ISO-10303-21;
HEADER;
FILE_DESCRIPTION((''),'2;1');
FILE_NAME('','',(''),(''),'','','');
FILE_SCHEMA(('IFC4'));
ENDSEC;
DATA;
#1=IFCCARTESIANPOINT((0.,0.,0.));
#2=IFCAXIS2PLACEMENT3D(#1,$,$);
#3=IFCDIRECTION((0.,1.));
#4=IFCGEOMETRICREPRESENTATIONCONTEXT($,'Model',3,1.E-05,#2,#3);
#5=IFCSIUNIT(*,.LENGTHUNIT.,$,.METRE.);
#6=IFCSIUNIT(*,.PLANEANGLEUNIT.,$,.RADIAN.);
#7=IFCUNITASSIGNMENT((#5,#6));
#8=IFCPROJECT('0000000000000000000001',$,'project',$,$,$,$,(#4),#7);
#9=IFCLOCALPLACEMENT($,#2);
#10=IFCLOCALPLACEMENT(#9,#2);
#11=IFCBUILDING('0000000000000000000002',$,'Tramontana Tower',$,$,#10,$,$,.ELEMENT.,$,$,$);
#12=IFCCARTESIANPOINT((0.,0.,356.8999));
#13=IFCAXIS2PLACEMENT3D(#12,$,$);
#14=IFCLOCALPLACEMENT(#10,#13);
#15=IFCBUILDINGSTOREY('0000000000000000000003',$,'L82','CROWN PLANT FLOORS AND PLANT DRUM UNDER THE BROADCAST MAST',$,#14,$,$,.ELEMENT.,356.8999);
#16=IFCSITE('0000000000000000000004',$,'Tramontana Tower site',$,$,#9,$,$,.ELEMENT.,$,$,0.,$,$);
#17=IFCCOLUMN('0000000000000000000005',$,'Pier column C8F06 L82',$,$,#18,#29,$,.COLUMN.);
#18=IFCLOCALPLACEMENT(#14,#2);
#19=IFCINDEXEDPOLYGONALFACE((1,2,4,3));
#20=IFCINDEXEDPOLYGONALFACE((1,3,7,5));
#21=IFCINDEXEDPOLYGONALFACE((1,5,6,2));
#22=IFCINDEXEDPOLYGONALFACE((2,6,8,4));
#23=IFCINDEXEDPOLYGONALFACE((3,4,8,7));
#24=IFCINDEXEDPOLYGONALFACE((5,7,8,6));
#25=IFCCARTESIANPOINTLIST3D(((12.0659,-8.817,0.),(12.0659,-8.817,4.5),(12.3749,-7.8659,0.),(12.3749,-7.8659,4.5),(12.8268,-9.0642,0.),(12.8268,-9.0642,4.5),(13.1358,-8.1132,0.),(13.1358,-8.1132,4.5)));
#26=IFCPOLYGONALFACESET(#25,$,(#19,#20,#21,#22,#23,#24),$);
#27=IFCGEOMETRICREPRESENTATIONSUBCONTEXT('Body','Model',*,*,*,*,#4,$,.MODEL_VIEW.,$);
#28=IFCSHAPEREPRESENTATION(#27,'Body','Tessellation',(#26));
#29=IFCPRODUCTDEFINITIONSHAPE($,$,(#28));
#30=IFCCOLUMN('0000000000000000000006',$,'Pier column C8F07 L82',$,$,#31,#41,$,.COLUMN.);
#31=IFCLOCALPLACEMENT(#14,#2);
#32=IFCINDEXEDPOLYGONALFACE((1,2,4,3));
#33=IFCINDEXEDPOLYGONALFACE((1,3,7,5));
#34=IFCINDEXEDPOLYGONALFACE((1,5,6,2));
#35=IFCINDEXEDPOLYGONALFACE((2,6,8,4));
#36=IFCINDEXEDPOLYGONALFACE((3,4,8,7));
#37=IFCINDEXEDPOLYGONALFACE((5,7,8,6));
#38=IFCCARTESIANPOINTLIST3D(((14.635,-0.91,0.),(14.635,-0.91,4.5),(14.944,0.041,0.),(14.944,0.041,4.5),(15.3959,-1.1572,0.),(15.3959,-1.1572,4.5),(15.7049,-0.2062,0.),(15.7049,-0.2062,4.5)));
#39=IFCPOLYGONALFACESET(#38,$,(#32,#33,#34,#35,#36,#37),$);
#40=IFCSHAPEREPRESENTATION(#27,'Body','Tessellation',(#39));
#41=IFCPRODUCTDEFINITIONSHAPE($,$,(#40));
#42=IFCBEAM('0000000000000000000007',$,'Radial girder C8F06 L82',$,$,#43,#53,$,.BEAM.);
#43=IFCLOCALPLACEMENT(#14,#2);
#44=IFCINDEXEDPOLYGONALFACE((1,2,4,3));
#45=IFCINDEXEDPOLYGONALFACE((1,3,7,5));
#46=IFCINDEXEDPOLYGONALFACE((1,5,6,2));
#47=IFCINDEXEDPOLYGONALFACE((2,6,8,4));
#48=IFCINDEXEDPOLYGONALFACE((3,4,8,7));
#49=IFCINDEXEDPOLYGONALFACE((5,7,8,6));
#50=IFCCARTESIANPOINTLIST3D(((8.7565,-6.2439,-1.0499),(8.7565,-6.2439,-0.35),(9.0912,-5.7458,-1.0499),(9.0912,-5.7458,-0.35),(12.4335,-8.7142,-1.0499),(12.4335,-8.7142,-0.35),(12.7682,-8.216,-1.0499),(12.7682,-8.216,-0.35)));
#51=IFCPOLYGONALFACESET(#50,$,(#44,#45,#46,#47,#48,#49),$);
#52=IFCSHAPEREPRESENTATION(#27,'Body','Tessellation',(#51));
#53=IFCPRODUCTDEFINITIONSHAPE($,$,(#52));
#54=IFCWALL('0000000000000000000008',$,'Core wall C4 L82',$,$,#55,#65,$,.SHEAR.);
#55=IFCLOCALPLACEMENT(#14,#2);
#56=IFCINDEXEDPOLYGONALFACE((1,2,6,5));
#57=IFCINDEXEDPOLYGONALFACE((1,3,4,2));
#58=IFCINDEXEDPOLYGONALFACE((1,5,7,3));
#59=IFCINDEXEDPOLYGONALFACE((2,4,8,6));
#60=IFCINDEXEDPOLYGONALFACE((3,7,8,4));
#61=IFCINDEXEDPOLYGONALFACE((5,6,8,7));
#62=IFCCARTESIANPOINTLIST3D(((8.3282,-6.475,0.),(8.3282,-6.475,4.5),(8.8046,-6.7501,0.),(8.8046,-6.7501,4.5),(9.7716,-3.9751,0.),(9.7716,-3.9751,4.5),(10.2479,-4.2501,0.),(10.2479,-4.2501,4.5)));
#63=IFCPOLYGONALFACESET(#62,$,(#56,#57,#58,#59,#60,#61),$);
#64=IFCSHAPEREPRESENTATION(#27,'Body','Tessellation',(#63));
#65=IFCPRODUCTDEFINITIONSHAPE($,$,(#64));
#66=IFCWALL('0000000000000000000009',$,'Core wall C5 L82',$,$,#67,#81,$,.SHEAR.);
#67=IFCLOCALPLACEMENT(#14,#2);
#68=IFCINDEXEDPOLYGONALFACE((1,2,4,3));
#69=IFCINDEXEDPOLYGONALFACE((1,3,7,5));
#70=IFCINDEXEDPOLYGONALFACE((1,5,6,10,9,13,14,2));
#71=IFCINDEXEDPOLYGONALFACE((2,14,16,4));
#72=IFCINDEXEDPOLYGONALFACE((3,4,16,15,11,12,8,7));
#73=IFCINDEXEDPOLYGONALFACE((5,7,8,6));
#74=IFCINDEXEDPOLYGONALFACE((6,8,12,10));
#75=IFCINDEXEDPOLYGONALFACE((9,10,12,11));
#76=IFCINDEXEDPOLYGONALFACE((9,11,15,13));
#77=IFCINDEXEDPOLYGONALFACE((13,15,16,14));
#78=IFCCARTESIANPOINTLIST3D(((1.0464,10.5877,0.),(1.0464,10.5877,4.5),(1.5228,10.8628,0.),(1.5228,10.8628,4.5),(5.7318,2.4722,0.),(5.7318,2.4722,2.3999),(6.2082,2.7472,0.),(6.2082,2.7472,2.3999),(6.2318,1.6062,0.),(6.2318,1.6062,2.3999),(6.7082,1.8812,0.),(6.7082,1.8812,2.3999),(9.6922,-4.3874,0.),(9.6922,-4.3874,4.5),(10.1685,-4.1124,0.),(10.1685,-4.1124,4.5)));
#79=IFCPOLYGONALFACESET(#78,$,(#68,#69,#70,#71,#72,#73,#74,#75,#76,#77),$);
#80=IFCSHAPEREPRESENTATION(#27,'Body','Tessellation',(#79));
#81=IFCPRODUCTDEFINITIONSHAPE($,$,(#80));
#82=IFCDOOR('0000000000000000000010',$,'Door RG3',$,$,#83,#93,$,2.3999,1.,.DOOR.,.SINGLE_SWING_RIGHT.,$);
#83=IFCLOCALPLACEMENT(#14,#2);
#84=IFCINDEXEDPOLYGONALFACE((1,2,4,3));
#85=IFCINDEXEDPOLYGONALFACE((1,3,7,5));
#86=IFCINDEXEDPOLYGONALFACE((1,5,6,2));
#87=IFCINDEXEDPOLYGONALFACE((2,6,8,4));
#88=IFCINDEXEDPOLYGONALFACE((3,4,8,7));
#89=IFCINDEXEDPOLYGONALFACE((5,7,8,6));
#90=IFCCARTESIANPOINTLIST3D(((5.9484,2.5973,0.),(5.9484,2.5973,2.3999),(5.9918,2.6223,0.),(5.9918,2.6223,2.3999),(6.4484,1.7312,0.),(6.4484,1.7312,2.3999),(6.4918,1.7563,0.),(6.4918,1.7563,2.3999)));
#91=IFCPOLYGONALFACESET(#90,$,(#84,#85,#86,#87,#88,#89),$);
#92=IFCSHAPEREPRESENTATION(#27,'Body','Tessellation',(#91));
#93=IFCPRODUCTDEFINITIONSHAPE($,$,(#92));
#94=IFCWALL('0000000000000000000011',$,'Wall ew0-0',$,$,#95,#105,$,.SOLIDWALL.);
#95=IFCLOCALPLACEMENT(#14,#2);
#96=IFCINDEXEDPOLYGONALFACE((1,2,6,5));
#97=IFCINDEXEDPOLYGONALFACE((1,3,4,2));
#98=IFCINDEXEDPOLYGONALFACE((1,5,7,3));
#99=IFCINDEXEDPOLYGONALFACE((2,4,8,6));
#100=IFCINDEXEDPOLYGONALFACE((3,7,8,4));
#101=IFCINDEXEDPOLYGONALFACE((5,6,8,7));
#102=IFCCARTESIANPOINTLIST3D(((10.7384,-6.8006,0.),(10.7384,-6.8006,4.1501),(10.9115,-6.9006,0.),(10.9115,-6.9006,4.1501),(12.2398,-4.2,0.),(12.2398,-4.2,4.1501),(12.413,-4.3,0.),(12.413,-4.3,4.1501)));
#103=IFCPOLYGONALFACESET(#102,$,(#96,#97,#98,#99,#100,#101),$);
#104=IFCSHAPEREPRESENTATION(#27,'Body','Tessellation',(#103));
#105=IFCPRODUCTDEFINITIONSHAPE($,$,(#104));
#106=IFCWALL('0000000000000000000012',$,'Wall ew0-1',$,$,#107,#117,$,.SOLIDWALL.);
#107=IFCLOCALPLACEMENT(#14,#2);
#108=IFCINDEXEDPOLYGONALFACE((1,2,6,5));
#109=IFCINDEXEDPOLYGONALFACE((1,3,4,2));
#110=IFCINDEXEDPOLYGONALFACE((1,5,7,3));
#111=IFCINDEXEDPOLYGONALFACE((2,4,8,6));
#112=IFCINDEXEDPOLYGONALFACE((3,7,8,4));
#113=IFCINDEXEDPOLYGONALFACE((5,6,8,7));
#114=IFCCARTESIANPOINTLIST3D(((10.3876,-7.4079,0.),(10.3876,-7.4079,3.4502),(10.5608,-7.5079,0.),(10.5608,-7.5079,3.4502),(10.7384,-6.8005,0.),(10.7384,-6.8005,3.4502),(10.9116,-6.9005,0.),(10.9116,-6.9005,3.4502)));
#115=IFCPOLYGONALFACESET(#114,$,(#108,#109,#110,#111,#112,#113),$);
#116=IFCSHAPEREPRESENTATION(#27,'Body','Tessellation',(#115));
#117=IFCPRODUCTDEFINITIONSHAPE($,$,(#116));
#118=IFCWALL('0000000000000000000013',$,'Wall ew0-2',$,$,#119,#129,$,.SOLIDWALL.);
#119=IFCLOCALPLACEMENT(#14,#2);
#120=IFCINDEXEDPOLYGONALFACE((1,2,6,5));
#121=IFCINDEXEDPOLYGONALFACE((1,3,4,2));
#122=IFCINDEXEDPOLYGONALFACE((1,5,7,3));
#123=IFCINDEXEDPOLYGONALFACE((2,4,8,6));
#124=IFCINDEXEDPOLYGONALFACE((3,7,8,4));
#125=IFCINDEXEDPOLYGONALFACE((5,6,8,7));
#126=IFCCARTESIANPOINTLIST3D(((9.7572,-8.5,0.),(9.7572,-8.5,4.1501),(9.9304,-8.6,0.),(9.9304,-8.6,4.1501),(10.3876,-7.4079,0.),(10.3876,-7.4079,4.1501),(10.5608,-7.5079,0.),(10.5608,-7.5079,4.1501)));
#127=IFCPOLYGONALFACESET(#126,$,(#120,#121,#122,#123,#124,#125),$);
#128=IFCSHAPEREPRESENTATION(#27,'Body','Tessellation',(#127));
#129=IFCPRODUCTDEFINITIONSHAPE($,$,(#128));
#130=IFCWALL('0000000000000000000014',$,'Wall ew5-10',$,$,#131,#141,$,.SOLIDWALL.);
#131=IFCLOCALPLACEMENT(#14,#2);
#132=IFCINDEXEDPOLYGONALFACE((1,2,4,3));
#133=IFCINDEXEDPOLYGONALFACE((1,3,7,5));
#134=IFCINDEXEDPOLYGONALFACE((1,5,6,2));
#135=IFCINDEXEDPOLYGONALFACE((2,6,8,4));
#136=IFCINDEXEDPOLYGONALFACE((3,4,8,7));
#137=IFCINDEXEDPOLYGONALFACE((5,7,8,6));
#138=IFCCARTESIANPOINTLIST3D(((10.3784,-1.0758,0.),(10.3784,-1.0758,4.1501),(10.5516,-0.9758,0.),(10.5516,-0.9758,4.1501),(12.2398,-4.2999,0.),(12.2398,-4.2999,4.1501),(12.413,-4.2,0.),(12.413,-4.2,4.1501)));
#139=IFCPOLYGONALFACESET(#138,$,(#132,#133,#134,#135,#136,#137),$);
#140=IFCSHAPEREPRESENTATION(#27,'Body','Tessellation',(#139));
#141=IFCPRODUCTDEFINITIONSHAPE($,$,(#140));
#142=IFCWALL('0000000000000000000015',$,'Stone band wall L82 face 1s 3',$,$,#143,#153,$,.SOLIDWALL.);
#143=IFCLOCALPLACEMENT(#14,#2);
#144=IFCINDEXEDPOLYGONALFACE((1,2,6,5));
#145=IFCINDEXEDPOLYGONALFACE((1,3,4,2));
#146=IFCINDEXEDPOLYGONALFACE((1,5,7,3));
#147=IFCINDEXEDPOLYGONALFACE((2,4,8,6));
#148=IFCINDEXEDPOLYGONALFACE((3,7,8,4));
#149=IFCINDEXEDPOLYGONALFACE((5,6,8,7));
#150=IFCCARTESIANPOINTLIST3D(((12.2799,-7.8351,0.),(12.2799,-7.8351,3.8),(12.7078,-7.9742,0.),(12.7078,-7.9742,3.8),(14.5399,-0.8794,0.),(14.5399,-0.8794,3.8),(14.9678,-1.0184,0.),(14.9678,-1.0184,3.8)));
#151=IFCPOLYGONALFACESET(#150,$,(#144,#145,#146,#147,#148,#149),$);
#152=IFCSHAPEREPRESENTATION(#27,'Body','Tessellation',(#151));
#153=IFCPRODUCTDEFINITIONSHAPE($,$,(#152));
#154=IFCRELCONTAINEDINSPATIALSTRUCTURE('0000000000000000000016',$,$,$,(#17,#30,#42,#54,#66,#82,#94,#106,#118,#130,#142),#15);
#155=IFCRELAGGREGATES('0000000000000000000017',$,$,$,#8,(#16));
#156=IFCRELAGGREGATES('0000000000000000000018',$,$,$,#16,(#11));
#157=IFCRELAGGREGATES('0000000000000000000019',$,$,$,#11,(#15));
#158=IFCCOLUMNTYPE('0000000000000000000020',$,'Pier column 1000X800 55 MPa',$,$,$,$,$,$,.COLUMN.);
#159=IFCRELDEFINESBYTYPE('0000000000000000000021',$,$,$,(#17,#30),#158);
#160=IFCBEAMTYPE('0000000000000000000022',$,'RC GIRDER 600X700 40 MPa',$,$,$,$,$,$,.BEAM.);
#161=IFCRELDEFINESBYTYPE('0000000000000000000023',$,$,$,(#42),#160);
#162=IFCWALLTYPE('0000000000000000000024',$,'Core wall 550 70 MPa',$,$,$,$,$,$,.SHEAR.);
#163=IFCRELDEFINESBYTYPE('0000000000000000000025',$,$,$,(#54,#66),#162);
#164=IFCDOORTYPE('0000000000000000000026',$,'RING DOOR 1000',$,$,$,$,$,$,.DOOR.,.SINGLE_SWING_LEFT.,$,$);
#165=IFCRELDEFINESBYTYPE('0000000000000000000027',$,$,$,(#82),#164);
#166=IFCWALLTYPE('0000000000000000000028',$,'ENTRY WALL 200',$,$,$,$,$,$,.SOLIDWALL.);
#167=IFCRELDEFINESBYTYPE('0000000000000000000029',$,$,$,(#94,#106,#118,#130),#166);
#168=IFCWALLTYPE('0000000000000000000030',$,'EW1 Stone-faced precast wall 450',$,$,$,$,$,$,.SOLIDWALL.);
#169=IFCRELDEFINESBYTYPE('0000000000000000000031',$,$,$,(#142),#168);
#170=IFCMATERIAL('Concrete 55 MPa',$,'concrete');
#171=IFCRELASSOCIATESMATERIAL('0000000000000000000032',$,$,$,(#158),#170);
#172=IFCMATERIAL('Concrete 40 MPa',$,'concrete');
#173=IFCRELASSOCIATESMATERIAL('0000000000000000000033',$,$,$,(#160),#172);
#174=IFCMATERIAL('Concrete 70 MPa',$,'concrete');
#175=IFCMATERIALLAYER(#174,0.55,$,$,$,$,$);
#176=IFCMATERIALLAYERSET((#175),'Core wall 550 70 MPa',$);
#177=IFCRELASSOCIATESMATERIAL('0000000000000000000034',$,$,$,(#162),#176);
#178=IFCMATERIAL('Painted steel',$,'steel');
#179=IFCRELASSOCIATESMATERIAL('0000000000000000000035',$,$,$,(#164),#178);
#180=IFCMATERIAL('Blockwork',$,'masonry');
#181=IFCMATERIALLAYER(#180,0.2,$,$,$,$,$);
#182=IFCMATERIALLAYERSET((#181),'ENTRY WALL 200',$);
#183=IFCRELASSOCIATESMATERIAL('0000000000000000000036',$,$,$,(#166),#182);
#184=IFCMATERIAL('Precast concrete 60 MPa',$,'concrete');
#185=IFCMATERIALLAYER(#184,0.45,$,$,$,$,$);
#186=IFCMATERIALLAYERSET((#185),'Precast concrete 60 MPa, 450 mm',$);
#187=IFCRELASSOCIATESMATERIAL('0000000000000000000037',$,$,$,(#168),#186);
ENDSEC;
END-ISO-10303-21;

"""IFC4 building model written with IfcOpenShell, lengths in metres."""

from ifc_helpers import new_model, si_unit, direction, frame, frame_2d, origin, origin_2d, place, context, subcontext, project, spatial, rectangle, extrude, material, layer, layer_set, material_profile, profile_set, type_object, element, fill, save


model = new_model("IFC4")

# Units and contexts
model_context = context("Model", 3, precision=1e-05, world=origin(), true_north=direction((0.0, 1.0)))
body_context = subcontext(model_context, "Body", "Model", "MODEL_VIEW")
ifc_project = project(units=[si_unit("LENGTHUNIT", "METRE"), si_unit("PLANEANGLEUNIT", "RADIAN")], contexts=[model_context])

# Site, building, storey
site_placement = place(None, origin())
site = spatial("IfcSite", under=ifc_project, at=site_placement, Name="Tramontana Tower site", CompositionType="ELEMENT", RefElevation=0.0)
building_placement = place(site_placement, origin())
building = spatial("IfcBuilding", under=site, at=building_placement, Name="Tramontana Tower", CompositionType="ELEMENT")
storey_placement = place(building_placement, frame((0.0, 0.0, 356.8999)))
storey = spatial("IfcBuildingStorey", under=building, at=storey_placement, Name="L82", Description="CROWN PLANT FLOORS AND PLANT DRUM UNDER THE BROADCAST MAST", CompositionType="ELEMENT", Elevation=356.8999)

# Columns
ifc_material_1 = material(Name="Concrete 55 MPa", Category="concrete")
ifc_material_profile_1 = material_profile(ifc_material_1, rectangle(XDim=1.0, YDim=0.8, at=origin_2d()), Name="Pier column 1000X800 55 MPa")
ifc_profile_set_1 = profile_set([ifc_material_profile_1], Name="Concrete 55 MPa")
column_type = type_object("IfcColumnType", Name="Pier column 1000X800 55 MPa", PredefinedType="COLUMN", material=ifc_profile_set_1)
for number, where, z_axis, x_axis, name in (
    (1, (12.6008, -8.4651, 0.0), (0.0, 0.0, 1.0), (0.309017, 0.951057, 0.0), "Pier column C8F06 L82"),
    (2, (15.1699, -0.5581, 0.0), (0.0, 0.0, 1.0), (0.309017, 0.951057, 0.0), "Pier column C8F07 L82"),
):
    element("IfcColumn", number, at=place(storey_placement, frame(where, z_axis=z_axis, x_axis=x_axis)), inside=storey, type_object=column_type, Name=name, PredefinedType="COLUMN", context=body_context, shape_type="SweptSolid", body=[
        extrude(rectangle(XDim=1.0, YDim=0.8, at=origin_2d()), origin(), (0.0, 0.0, 1.0), 4.5),
    ])

# Beam
ifc_material_2 = material(Name="Concrete 40 MPa", Category="concrete")
ifc_material_profile_2 = material_profile(ifc_material_2, rectangle(XDim=0.6001, YDim=0.7, at=origin_2d()), Name="RC GIRDER 600X700 40 MPa")
ifc_profile_set_2 = profile_set([ifc_material_profile_2], Name="Concrete 40 MPa")
beam_type = type_object("IfcBeamType", Name="RC GIRDER 600X700 40 MPa", PredefinedType="BEAM", material=ifc_profile_set_2)
beam_placement = place(storey_placement, frame((12.6008, -8.4651, -0.7), z_axis=(-0.830078, 0.557647, 0.0), x_axis=(-0.557647, -0.830078, 0.0)))
element("IfcBeam", 3, at=beam_placement, inside=storey, type_object=beam_type, Name="Radial girder C8F06 L82", PredefinedType="BEAM", context=body_context, shape_type="SweptSolid", body=[
    extrude(rectangle(XDim=0.6001, YDim=0.7, at=origin_2d()), origin(), (0.0, 0.0, 1.0), 4.4297),
])

# Wall
ifc_material_3 = material(Name="Concrete 70 MPa", Category="concrete")
ifc_layer_1 = layer(ifc_material_3, 0.55)
ifc_layer_set_1 = layer_set([ifc_layer_1], Name="Core wall 550 70 MPa")
wall_type_1 = type_object("IfcWallType", Name="Core wall 550 70 MPa", PredefinedType="SHEAR", material=ifc_layer_set_1)
wall_1_placement = place(storey_placement, frame((8.5664, -6.6125, 0.0), z_axis=(0.0, 0.0, 1.0), x_axis=(0.499996, 0.866028, 0.0)))
element("IfcWall", 4, at=wall_1_placement, inside=storey, type_object=wall_type_1, Name="Core wall C4 L82", PredefinedType="SHEAR", context=body_context, shape_type="SweptSolid", body=[
    extrude(rectangle(XDim=2.8867, YDim=0.55, at=frame_2d((1.4434, 0.0))), origin(), (0.0, 0.0, 1.0), 4.5),
])

# Wall, opening, door
wall_2_placement = place(storey_placement, frame((9.9304, -4.25, 0.0), z_axis=(0.0, 0.0, 1.0), x_axis=(-0.499995, 0.866029, 0.0)))
wall_2 = element("IfcWall", 5, at=wall_2_placement, inside=storey, type_object=wall_type_1, Name="Core wall C5 L82", PredefinedType="SHEAR", context=body_context, shape_type="SweptSolid", body=[
    extrude(rectangle(XDim=17.2917, YDim=0.55, at=frame_2d((8.646, 0.0))), origin(), (0.0, 0.0, 1.0), 4.5),
])
opening_1_placement = place(wall_2_placement, frame((6.9209, 0.0, 0.0)))
opening_1 = element("IfcOpeningElement", 6, at=opening_1_placement, cuts=wall_2, PredefinedType="OPENING", context=body_context, shape_type="SweptSolid", body=[
    extrude(rectangle(XDim=1.0, YDim=2.3999, at=frame_2d((0.5, 1.2))), frame((0.0, 0.2849, 0.0), z_axis=(0.0, -1.0, 0.0), x_axis=(1.0, 0.0, 0.0)), (0.0, 0.0, 1.0), 0.5701),
])
ifc_material_4 = material(Name="Painted steel", Category="steel")
door_type_1 = type_object("IfcDoorType", Name="RING DOOR 1000", OperationType="SINGLE_SWING_LEFT", PredefinedType="DOOR", material=ifc_material_4)
door_1_placement = place(opening_1_placement, origin())
door_1 = element("IfcDoor", 7, at=door_1_placement, inside=storey, type_object=door_type_1, Name="Door RG3", OperationType="SINGLE_SWING_RIGHT", OverallHeight=2.3999, OverallWidth=1.0, PredefinedType="DOOR", context=body_context, shape_type="SweptSolid", body=[
    extrude(rectangle(XDim=1.0, YDim=2.3999, at=frame_2d((0.5, 1.2))), frame((0.0, 0.0249, 0.0), z_axis=(0.0, -1.0, 0.0), x_axis=(1.0, 0.0, 0.0)), (0.0, 0.0, 1.0), 0.05),
])
fill(opening_1, door_1)

# Walls
ifc_material_5 = material(Name="Blockwork", Category="masonry")
ifc_layer_2 = layer(ifc_material_5, 0.2)
ifc_layer_set_2 = layer_set([ifc_layer_2], Name="ENTRY WALL 200")
wall_type_2 = type_object("IfcWallType", Name="ENTRY WALL 200", PredefinedType="SOLIDWALL", material=ifc_layer_set_2)
wall_3_placement = place(storey_placement, frame((12.3264, -4.25, 0.0), z_axis=(0.0, 0.0, 1.0), x_axis=(-0.500004, -0.866023, 0.0)))
element("IfcWall", 8, at=wall_3_placement, inside=storey, type_object=wall_type_2, Name="Wall ew0-0", PredefinedType="SOLIDWALL", context=body_context, shape_type="SweptSolid", body=[
    extrude(rectangle(XDim=3.0029, YDim=0.2, at=frame_2d((1.5015, 0.0))), origin(), (0.0, 0.0, 1.0), 4.1501),
])
wall_4_placement = place(storey_placement, frame((10.825, -6.8506, 0.0), z_axis=(0.0, 0.0, 1.0), x_axis=(-0.500144, -0.865942, 0.0)))
element("IfcWall", 9, at=wall_4_placement, inside=storey, type_object=wall_type_2, Name="Wall ew0-1", PredefinedType="SOLIDWALL", context=body_context, shape_type="SweptSolid", body=[
    extrude(rectangle(XDim=0.7014, YDim=0.2, at=frame_2d((0.3506, 0.0))), origin(), (0.0, 0.0, 1.0), 3.4502),
])
wall_5_placement = place(storey_placement, frame((10.4741, -7.458, 0.0), z_axis=(0.0, 0.0, 1.0), x_axis=(-0.499929, -0.866066, 0.0)))
element("IfcWall", 10, at=wall_5_placement, inside=storey, type_object=wall_type_2, Name="Wall ew0-2", PredefinedType="SOLIDWALL", context=body_context, shape_type="SweptSolid", body=[
    extrude(rectangle(XDim=1.261, YDim=0.2, at=frame_2d((0.6304, 0.0))), origin(), (0.0, 0.0, 1.0), 4.1501),
])
wall_6_placement = place(storey_placement, frame((10.4651, -1.0259, 0.0), z_axis=(0.0, 0.0, 1.0), x_axis=(0.499976, -0.866039, 0.0)))
element("IfcWall", 11, at=wall_6_placement, inside=storey, type_object=wall_type_2, Name="Wall ew5-10", PredefinedType="SOLIDWALL", context=body_context, shape_type="SweptSolid", body=[
    extrude(rectangle(XDim=3.7229, YDim=0.2, at=frame_2d((1.8613, 0.0))), origin(), (0.0, 0.0, 1.0), 4.1501),
])
ifc_material_6 = material(Name="Precast concrete 60 MPa", Category="concrete")
ifc_layer_3 = layer(ifc_material_6, 0.45)
ifc_layer_set_3 = layer_set([ifc_layer_3], Name="Precast concrete 60 MPa, 450 mm")
wall_type_3 = type_object("IfcWallType", Name="EW1 Stone-faced precast wall 450", PredefinedType="SOLIDWALL", material=ifc_layer_set_3)
wall_7_placement = place(storey_placement, frame((12.4939, -7.9045, 0.0), z_axis=(0.0, 0.0, 1.0), x_axis=(0.309008, 0.951059, 0.0)))
element("IfcWall", 12, at=wall_7_placement, inside=storey, type_object=wall_type_3, Name="Stone band wall L82 face 1s 3", PredefinedType="SOLIDWALL", context=body_context, shape_type="SweptSolid", body=[
    extrude(rectangle(XDim=7.3137, YDim=0.45, at=frame_2d((3.6567, 0.0))), origin(), (0.0, 0.0, 1.0), 3.8),
])

save(model, "model.ifc")
